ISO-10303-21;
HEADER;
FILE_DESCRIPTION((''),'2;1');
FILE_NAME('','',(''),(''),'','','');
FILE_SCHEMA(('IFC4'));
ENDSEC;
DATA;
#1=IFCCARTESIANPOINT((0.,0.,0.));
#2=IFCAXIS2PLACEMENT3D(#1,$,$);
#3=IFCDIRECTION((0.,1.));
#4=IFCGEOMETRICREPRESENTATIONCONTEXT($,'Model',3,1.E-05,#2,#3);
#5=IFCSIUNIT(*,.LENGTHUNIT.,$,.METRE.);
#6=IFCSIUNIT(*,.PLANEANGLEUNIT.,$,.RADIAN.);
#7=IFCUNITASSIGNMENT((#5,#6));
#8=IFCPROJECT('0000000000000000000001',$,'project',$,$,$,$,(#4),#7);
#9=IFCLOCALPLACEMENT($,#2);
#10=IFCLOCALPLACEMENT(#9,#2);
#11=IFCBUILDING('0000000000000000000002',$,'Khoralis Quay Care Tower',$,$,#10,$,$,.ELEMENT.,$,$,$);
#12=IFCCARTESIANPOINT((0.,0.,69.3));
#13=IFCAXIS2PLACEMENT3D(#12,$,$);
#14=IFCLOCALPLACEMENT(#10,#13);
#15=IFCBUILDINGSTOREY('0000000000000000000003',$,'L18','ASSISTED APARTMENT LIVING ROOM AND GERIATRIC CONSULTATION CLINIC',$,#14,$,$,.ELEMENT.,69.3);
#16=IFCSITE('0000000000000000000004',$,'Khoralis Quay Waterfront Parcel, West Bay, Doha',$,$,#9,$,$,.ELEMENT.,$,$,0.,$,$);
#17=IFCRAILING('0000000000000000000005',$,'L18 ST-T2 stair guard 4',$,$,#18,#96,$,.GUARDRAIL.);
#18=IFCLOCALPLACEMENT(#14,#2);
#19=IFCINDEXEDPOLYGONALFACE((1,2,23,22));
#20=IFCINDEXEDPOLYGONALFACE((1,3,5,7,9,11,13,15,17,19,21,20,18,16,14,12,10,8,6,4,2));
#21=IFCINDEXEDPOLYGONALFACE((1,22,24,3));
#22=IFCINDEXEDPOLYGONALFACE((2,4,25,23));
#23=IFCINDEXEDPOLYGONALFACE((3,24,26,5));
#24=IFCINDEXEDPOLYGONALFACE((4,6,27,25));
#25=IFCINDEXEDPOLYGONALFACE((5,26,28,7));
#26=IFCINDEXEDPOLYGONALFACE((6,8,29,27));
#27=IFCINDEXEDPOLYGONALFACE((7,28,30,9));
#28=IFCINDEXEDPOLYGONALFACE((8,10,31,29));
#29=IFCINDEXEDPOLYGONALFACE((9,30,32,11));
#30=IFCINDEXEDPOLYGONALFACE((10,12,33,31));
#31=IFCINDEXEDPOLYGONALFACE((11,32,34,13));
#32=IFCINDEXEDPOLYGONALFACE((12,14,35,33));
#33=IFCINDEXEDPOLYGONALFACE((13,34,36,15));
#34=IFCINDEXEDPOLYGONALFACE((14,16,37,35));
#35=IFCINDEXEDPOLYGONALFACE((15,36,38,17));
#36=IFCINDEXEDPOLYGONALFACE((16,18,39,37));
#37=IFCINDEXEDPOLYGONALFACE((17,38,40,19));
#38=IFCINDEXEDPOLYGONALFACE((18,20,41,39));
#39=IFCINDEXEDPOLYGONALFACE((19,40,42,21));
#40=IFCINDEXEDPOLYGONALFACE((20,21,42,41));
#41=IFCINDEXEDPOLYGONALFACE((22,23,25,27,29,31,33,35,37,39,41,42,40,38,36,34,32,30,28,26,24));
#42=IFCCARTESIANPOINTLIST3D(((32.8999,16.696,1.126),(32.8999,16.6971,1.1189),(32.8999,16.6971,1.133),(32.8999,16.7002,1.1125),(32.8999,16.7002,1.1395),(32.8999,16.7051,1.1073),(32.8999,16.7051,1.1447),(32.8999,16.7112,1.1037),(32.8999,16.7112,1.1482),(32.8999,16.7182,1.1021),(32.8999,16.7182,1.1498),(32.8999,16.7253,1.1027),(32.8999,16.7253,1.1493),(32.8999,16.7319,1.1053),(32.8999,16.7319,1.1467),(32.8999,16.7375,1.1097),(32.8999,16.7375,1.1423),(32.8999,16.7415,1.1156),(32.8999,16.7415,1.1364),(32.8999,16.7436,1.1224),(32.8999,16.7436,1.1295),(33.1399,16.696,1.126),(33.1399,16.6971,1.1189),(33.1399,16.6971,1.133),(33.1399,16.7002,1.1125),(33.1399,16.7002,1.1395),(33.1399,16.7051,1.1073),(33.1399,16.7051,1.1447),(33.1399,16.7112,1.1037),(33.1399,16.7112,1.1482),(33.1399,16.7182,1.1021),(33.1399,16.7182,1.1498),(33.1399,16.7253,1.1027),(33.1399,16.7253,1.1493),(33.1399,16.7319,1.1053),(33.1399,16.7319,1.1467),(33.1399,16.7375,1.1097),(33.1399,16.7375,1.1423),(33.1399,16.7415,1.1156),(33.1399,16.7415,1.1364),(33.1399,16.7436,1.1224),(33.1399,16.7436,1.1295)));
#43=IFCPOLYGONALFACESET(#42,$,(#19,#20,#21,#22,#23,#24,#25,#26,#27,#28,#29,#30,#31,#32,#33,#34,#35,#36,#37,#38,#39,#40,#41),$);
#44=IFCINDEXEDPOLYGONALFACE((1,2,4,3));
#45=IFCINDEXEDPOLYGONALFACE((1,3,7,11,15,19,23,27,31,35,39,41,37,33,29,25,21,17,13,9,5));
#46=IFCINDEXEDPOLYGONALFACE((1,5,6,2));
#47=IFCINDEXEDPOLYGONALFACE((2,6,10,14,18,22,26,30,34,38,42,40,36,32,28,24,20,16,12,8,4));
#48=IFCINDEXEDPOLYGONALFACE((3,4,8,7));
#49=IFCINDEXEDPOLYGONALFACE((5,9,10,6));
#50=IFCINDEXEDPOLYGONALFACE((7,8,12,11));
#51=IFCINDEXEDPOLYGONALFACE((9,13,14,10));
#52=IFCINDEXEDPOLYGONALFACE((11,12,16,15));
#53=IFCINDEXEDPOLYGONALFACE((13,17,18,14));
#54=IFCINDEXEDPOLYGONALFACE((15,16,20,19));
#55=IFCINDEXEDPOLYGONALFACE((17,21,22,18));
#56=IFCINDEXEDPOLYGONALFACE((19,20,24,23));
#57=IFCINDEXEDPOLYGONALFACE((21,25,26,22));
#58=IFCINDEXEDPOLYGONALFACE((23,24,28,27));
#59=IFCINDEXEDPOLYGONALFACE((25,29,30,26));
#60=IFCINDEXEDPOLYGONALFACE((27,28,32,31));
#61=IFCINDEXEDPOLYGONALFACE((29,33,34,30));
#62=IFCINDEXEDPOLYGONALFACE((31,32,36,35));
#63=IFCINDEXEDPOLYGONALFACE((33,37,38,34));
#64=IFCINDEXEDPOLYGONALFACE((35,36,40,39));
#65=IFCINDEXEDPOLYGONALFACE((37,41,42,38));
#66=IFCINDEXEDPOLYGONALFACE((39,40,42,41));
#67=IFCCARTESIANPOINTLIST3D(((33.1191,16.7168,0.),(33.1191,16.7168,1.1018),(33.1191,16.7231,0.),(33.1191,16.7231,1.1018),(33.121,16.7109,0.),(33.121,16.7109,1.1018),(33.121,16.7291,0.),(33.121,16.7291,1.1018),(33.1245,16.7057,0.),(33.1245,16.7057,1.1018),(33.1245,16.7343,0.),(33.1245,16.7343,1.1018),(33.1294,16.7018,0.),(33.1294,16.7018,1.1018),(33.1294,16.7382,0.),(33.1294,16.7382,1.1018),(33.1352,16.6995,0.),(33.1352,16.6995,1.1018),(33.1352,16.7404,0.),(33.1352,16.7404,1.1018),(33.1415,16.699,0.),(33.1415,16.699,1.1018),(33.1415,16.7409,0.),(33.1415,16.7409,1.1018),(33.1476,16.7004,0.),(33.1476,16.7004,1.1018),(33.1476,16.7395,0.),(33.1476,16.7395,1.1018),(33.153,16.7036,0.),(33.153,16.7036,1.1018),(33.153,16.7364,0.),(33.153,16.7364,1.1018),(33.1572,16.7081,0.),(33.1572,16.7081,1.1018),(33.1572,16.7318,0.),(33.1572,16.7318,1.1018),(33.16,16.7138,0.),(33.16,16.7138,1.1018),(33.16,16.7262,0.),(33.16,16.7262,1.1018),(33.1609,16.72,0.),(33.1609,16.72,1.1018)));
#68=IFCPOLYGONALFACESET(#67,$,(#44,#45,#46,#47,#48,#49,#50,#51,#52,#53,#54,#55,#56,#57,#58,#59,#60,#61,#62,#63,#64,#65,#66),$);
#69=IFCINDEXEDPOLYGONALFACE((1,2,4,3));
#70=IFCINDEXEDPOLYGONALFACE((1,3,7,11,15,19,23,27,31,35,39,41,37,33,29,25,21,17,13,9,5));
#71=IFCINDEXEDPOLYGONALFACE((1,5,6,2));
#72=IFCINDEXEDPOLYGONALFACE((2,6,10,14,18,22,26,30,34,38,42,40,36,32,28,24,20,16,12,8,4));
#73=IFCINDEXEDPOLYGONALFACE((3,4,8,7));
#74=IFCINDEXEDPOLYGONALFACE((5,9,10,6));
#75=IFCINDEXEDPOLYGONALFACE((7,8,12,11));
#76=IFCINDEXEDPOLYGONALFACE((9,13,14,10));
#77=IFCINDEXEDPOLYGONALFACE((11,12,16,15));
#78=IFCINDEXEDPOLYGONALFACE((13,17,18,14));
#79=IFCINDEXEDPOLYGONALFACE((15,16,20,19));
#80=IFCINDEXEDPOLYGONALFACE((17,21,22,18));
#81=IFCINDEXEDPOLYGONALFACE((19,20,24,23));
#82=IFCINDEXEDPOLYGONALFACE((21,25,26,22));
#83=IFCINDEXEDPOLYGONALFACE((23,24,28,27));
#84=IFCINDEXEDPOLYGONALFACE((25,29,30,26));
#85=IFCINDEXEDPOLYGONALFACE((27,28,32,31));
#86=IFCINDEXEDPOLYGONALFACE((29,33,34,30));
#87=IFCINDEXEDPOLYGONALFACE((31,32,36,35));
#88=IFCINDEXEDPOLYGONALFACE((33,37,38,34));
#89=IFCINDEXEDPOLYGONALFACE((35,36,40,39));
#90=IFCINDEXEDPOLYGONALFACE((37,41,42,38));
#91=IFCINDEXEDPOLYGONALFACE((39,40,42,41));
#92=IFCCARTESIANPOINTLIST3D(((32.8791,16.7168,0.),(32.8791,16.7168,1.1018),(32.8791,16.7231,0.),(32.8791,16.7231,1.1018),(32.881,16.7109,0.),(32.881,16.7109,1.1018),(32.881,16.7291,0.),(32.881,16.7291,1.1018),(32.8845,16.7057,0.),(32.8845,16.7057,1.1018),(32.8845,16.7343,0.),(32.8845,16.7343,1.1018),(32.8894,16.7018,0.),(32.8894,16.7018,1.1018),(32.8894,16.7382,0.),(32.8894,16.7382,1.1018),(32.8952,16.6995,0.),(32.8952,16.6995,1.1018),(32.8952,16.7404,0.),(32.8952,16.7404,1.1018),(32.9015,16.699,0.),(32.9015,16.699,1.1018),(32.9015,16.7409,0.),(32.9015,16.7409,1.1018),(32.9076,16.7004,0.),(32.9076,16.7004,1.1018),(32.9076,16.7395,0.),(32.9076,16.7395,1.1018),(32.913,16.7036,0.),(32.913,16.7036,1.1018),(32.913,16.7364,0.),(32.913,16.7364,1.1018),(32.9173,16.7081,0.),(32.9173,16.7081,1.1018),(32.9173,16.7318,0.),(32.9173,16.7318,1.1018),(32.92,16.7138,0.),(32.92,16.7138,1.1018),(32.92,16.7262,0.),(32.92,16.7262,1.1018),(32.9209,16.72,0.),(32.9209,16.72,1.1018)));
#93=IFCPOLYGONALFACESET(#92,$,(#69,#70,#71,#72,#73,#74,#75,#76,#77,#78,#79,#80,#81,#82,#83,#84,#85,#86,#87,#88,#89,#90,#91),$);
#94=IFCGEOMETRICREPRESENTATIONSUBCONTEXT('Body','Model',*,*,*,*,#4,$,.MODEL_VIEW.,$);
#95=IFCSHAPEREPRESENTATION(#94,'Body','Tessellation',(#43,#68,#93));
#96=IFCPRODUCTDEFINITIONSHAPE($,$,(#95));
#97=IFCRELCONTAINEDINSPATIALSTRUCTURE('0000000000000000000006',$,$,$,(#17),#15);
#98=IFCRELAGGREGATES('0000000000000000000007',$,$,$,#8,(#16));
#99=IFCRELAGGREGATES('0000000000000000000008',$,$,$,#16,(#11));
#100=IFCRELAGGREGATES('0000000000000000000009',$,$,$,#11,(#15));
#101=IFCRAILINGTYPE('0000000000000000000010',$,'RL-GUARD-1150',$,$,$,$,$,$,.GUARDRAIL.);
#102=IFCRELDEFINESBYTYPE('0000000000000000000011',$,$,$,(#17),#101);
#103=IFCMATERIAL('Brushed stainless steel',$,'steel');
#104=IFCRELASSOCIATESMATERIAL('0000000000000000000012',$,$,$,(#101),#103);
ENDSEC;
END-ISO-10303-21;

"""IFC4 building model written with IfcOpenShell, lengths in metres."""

from ifc_helpers import new_model, si_unit, direction, frame, origin, origin_2d, place, context, subcontext, project, spatial, circle, extrude, material, type_object, element, save


model = new_model("IFC4")

# Units and contexts
model_context = context("Model", 3, precision=1e-05, world=origin(), true_north=direction((0.0, 1.0)))
body_context = subcontext(model_context, "Body", "Model", "MODEL_VIEW")
ifc_project = project(units=[si_unit("LENGTHUNIT", "METRE"), si_unit("PLANEANGLEUNIT", "RADIAN")], contexts=[model_context])

# Site, building, storey
site_placement = place(None, origin())
site = spatial("IfcSite", under=ifc_project, at=site_placement, Name="Khoralis Quay Waterfront Parcel, West Bay, Doha", CompositionType="ELEMENT", RefElevation=0.0)
building_placement = place(site_placement, origin())
building = spatial("IfcBuilding", under=site, at=building_placement, Name="Khoralis Quay Care Tower", CompositionType="ELEMENT")
storey_placement = place(building_placement, frame((0.0, 0.0, 69.3)))
storey = spatial("IfcBuildingStorey", under=building, at=storey_placement, Name="L18", Description="ASSISTED APARTMENT LIVING ROOM AND GERIATRIC CONSULTATION CLINIC", CompositionType="ELEMENT", Elevation=69.3)

# Shared definitions
ifc_material_1 = material(Name="Brushed stainless steel", Category="steel")

# Railing
railing_type_1 = type_object("IfcRailingType", Name="RL-GUARD-1150", PredefinedType="GUARDRAIL", material=ifc_material_1)
railing_1_placement = place(storey_placement, frame((33.1399, 16.72, 0.0)))
element("IfcRailing", 1, at=railing_1_placement, inside=storey, type_object=railing_type_1, Name="L18 ST-T2 stair guard 4", PredefinedType="GUARDRAIL", context=body_context, shape_type="SweptSolid", body=[
    extrude(circle(Radius=0.0239, at=origin_2d()), frame((0.0, 0.0, 1.126), z_axis=(-1.0, 0.0, 0.0), x_axis=(0.0, -1.0, 0.0)), (0.0, 0.0, 1.0), 0.24),
    extrude(circle(Radius=0.021, at=origin_2d()), origin(), (0.0, 0.0, 1.0), 1.1018),
    extrude(circle(Radius=0.021, at=origin_2d()), frame((-0.24, 0.0, 0.0)), (0.0, 0.0, 1.0), 1.1018),
])

save(model, "model.ifc")
